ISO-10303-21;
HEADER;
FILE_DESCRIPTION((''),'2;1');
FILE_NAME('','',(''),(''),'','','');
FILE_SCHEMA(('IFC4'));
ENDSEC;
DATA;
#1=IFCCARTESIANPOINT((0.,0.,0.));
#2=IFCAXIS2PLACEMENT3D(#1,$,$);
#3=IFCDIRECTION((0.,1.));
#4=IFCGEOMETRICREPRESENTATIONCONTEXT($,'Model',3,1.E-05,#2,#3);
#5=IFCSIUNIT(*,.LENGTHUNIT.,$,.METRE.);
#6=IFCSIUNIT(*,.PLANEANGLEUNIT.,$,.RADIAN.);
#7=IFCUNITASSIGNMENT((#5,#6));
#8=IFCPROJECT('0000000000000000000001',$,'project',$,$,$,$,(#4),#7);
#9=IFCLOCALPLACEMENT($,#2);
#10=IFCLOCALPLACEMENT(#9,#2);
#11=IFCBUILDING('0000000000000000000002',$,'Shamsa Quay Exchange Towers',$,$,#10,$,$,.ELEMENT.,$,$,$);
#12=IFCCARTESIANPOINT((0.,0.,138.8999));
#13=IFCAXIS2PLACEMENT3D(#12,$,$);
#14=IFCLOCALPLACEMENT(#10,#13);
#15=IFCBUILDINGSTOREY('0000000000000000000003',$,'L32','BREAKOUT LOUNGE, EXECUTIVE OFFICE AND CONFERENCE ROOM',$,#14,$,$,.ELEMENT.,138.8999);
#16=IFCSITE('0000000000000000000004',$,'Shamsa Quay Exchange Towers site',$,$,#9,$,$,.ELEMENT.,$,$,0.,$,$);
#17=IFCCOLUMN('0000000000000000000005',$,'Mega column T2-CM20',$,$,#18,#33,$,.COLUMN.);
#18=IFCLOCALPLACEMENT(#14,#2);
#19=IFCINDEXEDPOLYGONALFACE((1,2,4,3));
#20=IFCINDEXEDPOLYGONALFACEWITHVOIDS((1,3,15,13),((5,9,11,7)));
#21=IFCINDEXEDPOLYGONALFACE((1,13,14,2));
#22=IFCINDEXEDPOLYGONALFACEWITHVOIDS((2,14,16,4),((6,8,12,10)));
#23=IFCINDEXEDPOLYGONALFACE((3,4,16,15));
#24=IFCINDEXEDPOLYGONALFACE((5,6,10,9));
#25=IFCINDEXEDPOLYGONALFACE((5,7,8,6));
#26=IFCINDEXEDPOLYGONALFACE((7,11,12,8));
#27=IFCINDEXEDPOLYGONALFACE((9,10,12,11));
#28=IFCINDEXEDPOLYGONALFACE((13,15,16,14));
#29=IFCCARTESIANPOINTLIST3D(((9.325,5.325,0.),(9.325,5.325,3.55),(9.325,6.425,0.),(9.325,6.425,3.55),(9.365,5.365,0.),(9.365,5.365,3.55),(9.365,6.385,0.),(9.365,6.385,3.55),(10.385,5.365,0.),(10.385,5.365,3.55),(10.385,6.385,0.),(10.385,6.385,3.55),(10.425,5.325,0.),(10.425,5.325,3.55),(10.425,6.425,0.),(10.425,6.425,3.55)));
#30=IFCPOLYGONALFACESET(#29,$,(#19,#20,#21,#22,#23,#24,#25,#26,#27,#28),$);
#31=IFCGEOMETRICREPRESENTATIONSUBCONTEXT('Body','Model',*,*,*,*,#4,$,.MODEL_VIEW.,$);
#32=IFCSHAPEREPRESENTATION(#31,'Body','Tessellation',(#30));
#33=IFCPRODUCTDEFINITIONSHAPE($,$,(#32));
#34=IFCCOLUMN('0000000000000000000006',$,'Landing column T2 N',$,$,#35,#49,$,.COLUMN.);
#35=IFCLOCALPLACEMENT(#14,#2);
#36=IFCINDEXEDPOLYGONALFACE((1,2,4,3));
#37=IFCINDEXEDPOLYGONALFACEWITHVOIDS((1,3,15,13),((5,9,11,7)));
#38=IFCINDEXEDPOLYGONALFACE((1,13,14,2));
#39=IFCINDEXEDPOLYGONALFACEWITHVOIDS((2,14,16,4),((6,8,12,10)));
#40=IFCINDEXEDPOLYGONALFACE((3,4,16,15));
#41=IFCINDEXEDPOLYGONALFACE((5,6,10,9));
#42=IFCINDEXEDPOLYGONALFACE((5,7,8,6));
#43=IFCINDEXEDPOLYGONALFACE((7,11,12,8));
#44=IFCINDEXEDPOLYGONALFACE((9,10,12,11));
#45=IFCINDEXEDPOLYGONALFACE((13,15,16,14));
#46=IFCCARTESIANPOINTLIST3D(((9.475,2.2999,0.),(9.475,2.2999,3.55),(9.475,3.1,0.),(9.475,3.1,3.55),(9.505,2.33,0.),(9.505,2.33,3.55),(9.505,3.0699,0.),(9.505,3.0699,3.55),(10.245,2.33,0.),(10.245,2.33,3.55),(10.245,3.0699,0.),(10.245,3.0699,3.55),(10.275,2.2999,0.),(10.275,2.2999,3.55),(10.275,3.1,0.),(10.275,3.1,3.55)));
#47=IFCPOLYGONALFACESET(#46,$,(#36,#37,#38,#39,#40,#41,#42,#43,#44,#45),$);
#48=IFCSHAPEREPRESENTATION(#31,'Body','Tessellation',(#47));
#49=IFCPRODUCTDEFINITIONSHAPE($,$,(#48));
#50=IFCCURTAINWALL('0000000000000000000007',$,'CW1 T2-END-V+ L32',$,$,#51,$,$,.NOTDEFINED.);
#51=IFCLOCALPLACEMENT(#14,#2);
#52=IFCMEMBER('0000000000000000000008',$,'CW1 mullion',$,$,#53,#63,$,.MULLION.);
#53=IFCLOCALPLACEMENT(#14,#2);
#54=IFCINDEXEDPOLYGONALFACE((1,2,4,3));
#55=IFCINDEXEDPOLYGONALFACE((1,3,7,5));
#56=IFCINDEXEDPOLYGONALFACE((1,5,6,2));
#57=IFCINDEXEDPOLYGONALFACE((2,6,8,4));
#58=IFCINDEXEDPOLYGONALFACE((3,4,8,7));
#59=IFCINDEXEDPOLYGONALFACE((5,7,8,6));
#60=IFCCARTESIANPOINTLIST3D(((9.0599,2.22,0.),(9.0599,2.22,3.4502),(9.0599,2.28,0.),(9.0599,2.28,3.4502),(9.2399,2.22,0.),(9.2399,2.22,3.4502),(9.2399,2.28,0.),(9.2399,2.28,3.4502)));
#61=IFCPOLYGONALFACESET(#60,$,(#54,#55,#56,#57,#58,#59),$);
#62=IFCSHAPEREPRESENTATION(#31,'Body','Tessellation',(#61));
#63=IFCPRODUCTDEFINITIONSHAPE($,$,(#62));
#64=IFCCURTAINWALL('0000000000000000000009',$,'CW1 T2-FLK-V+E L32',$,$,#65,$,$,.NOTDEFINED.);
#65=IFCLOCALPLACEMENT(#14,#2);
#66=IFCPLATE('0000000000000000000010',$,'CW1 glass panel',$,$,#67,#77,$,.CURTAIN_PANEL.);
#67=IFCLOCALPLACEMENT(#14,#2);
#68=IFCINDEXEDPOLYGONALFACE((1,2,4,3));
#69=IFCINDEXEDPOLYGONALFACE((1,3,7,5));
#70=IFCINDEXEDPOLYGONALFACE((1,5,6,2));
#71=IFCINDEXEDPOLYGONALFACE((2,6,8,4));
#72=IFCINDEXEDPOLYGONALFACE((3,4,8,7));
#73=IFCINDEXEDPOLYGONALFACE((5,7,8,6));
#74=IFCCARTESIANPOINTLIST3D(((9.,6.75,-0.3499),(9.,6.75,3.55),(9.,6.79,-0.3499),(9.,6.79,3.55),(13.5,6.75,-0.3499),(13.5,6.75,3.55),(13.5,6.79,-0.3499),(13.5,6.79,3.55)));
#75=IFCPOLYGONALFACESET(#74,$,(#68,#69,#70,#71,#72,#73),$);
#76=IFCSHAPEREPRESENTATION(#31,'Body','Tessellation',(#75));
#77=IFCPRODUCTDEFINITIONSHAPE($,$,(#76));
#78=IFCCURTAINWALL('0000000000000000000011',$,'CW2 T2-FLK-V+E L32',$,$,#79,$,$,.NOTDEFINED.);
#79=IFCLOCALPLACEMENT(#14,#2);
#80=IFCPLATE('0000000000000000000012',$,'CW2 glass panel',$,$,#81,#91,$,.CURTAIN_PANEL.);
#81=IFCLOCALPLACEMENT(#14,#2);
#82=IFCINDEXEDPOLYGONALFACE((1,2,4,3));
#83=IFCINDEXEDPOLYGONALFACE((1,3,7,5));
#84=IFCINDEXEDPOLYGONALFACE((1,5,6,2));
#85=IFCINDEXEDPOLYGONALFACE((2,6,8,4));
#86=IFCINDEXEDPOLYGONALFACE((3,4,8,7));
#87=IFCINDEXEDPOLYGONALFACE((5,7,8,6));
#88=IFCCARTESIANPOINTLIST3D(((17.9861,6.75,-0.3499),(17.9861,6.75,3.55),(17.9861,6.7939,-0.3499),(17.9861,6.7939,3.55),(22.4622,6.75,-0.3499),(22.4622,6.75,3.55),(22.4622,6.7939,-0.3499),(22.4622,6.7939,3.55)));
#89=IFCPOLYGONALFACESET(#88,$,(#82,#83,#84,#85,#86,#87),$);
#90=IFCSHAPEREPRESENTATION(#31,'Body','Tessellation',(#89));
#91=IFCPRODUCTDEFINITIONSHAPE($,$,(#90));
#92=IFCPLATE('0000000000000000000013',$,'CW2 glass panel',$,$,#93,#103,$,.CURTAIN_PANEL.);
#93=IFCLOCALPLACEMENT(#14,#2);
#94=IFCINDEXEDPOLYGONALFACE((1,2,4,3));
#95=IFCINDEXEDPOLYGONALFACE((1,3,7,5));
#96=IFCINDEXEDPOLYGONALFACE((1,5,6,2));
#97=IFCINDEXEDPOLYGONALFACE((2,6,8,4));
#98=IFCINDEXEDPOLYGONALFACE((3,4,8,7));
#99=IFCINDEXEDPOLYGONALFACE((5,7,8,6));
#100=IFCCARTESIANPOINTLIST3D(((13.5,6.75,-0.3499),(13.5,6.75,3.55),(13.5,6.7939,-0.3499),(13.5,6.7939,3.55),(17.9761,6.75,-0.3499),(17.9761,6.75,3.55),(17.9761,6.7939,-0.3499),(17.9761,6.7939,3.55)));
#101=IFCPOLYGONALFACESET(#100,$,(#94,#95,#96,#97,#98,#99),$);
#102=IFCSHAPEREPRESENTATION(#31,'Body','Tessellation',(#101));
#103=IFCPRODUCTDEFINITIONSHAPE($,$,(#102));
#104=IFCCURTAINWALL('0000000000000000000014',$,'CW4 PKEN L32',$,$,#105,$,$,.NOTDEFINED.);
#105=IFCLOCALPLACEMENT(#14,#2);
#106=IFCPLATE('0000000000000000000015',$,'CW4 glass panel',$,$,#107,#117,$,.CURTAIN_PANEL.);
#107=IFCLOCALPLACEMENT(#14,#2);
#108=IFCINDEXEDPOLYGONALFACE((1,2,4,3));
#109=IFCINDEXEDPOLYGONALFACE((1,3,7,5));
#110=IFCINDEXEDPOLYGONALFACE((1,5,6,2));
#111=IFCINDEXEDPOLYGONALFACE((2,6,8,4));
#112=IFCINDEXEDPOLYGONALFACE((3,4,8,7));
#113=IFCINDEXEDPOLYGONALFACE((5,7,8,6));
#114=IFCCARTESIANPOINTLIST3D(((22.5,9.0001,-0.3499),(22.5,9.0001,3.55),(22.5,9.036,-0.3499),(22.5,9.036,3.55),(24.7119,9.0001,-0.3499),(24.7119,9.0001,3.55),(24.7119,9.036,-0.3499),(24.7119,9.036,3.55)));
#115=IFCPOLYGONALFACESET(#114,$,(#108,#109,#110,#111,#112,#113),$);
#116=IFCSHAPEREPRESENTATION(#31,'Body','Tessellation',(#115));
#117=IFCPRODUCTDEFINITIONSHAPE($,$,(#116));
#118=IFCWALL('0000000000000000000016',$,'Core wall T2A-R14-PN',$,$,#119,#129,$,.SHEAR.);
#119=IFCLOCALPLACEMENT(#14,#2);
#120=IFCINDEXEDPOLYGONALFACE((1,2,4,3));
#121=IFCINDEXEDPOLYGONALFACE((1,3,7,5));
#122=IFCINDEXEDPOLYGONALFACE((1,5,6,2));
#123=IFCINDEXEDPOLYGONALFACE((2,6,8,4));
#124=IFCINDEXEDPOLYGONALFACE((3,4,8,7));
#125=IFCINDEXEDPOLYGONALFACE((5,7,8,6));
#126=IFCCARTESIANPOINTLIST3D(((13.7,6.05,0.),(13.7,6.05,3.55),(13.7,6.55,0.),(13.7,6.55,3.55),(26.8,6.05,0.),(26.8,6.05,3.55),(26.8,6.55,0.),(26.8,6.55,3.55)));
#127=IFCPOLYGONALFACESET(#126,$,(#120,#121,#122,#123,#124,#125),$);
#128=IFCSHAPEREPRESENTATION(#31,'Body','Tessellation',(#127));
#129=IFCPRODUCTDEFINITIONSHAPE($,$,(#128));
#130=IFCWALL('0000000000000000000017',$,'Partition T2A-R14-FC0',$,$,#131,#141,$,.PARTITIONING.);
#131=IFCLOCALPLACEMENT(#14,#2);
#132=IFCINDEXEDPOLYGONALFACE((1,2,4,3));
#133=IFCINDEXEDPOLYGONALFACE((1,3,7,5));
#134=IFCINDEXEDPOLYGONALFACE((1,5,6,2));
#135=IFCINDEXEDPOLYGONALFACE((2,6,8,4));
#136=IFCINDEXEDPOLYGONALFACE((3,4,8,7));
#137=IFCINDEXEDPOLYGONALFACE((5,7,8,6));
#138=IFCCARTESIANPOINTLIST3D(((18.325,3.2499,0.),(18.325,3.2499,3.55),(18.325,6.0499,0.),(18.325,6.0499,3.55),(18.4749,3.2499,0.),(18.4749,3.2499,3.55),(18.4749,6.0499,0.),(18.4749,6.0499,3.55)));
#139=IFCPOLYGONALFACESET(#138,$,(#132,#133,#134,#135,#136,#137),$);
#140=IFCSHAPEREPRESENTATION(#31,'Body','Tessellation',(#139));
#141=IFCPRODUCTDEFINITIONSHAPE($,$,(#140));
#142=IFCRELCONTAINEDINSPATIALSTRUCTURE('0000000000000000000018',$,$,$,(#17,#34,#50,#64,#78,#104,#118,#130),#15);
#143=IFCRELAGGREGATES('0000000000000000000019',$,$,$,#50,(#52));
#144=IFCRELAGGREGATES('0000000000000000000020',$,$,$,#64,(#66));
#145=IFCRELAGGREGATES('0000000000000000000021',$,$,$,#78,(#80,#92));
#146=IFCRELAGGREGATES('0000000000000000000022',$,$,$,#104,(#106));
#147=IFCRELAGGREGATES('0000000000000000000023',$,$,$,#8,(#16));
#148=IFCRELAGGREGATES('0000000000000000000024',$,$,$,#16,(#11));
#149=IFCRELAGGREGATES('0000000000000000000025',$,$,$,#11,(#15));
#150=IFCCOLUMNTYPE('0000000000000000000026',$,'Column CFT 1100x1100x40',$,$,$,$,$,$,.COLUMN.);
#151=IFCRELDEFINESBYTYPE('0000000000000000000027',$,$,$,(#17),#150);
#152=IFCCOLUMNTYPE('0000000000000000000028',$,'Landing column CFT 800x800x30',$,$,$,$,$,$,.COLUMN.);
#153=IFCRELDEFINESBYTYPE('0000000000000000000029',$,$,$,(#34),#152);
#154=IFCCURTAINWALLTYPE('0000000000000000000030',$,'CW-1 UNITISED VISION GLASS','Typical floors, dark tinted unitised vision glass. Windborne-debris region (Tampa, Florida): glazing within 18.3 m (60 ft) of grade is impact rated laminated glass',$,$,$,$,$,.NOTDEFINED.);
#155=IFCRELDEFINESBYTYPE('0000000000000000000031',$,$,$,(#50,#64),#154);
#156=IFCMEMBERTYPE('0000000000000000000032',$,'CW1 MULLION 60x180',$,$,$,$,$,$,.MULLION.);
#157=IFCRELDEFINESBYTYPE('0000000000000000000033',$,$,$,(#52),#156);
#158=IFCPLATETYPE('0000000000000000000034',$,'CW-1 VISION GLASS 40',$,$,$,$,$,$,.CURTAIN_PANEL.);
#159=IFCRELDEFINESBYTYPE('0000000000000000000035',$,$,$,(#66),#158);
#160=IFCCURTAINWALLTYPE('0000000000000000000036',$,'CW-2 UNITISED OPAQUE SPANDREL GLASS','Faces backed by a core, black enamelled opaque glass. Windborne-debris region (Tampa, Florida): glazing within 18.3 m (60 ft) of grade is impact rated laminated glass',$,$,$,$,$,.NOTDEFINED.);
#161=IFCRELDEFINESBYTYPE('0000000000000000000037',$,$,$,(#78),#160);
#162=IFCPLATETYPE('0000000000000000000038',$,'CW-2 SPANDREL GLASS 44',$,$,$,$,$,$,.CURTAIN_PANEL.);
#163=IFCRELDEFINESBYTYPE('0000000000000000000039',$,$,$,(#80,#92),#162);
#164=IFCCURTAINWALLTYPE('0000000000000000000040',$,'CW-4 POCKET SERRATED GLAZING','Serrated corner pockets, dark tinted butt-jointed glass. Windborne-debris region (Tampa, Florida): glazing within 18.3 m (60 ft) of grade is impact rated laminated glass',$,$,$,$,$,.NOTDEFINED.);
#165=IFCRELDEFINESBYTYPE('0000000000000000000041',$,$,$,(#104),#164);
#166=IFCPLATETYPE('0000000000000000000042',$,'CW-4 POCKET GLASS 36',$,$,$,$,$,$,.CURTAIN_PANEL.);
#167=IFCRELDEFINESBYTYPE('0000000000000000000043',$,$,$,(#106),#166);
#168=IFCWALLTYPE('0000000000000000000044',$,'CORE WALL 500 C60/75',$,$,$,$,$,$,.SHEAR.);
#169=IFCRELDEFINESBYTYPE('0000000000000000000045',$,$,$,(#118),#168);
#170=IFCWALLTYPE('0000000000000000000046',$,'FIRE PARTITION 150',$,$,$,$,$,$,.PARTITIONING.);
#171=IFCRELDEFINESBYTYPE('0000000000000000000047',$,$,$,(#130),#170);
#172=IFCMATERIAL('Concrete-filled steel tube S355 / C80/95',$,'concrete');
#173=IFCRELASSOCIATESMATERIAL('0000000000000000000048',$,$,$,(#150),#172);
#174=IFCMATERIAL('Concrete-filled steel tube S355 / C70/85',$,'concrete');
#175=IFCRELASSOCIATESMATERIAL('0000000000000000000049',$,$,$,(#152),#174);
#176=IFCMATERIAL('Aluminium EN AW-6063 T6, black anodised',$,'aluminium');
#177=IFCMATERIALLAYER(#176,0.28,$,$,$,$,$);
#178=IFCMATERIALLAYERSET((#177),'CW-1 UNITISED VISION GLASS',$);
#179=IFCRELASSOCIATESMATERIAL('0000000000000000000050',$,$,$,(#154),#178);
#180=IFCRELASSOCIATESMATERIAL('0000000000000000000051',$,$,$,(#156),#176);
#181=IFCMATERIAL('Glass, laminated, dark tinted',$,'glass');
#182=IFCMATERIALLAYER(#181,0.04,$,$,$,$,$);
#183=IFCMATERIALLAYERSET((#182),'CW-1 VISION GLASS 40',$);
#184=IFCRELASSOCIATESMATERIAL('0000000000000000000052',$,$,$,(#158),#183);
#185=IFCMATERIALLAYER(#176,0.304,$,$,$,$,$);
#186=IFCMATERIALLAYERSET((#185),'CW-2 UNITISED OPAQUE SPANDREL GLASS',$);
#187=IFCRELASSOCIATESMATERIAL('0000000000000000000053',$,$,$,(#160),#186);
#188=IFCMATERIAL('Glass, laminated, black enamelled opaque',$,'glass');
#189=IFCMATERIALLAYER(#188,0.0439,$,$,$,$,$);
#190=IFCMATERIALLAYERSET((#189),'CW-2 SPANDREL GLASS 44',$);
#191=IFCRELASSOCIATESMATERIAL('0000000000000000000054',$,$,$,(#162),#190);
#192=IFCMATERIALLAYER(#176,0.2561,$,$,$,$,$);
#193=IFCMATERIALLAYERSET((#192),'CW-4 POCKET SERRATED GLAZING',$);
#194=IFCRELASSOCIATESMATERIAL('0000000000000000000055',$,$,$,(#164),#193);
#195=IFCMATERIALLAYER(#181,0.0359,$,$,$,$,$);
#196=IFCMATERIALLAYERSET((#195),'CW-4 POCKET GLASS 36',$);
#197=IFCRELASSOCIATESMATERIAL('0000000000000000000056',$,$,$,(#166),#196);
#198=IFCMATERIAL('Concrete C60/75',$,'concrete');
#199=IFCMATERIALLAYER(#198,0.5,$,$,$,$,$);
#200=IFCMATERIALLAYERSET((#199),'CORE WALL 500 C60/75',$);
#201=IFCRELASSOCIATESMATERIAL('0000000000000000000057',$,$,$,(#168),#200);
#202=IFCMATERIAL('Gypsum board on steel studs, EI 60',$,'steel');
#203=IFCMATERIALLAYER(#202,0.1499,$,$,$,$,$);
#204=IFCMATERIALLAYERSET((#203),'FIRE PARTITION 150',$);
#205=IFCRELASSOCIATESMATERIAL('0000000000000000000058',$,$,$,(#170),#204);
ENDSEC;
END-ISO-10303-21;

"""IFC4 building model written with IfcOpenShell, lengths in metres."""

from ifc_helpers import new_model, si_unit, direction, frame, frame_2d, origin, origin_2d, place, context, subcontext, project, spatial, rectangle, hollow_rectangle, extrude, material, layer, layer_set, material_profile, profile_set, type_object, element, aggregate, save


model = new_model("IFC4")

# Units and contexts
model_context = context("Model", 3, precision=1e-05, world=origin(), true_north=direction((0.0, 1.0)))
body_context = subcontext(model_context, "Body", "Model", "MODEL_VIEW")
ifc_project = project(units=[si_unit("LENGTHUNIT", "METRE"), si_unit("PLANEANGLEUNIT", "RADIAN")], contexts=[model_context])

# Site, building, storey
site_placement = place(None, origin())
site = spatial("IfcSite", under=ifc_project, at=site_placement, Name="Shamsa Quay Exchange Towers site", CompositionType="ELEMENT", RefElevation=0.0)
building_placement = place(site_placement, origin())
building = spatial("IfcBuilding", under=site, at=building_placement, Name="Shamsa Quay Exchange Towers", CompositionType="ELEMENT")
storey_placement = place(building_placement, frame((0.0, 0.0, 138.8999)))
storey = spatial("IfcBuildingStorey", under=building, at=storey_placement, Name="L32", Description="BREAKOUT LOUNGE, EXECUTIVE OFFICE AND CONFERENCE ROOM", CompositionType="ELEMENT", Elevation=138.8999)

# Columns
ifc_material_1 = material(Name="Concrete-filled steel tube S355 / C80/95", Category="concrete")
ifc_material_profile_1 = material_profile(ifc_material_1, hollow_rectangle(XDim=1.1001, YDim=1.1001, WallThickness=0.04, at=origin_2d()), Name="CFT 1100x1100x40")
ifc_profile_set_1 = profile_set([ifc_material_profile_1], Name="Concrete-filled steel tube S355 / C80/95")
column_type_1 = type_object("IfcColumnType", Name="Column CFT 1100x1100x40", PredefinedType="COLUMN", material=ifc_profile_set_1)
column_1_placement = place(storey_placement, frame((9.875, 5.875, 0.0)))
element("IfcColumn", 1, at=column_1_placement, inside=storey, type_object=column_type_1, Name="Mega column T2-CM20", PredefinedType="COLUMN", context=body_context, shape_type="SweptSolid", body=[
    extrude(hollow_rectangle(XDim=1.1001, YDim=1.1001, WallThickness=0.04, at=origin_2d()), origin(), (0.0, 0.0, 1.0), 3.55),
])
ifc_material_2 = material(Name="Concrete-filled steel tube S355 / C70/85", Category="concrete")
ifc_material_profile_2 = material_profile(ifc_material_2, hollow_rectangle(XDim=0.8, YDim=0.8, WallThickness=0.03, at=origin_2d()), Name="CFT 800x800x30")
ifc_profile_set_2 = profile_set([ifc_material_profile_2], Name="Concrete-filled steel tube S355 / C70/85")
column_type_2 = type_object("IfcColumnType", Name="Landing column CFT 800x800x30", PredefinedType="COLUMN", material=ifc_profile_set_2)
column_2_placement = place(storey_placement, frame((9.875, 2.7, 0.0)))
element("IfcColumn", 2, at=column_2_placement, inside=storey, type_object=column_type_2, Name="Landing column T2 N", PredefinedType="COLUMN", context=body_context, shape_type="SweptSolid", body=[
    extrude(hollow_rectangle(XDim=0.8, YDim=0.8, WallThickness=0.03, at=origin_2d()), origin(), (0.0, 0.0, 1.0), 3.55),
])

# Curtain wall, member
ifc_material_3 = material(Name="Aluminium EN AW-6063 T6, black anodised", Category="aluminium")
ifc_layer_1 = layer(ifc_material_3, 0.28)
ifc_layer_set_1 = layer_set([ifc_layer_1], Name="CW-1 UNITISED VISION GLASS")
curtain_wall_type_1 = type_object("IfcCurtainWallType", Name="CW-1 UNITISED VISION GLASS", Description="Typical floors, dark tinted unitised vision glass. Windborne-debris region (Tampa, Florida): glazing within 18.3 m (60 ft) of grade is impact rated laminated glass", PredefinedType="NOTDEFINED", material=ifc_layer_set_1)
curtain_wall_1_placement = place(storey_placement, origin())
curtain_wall_1 = element("IfcCurtainWall", 3, at=curtain_wall_1_placement, inside=storey, type_object=curtain_wall_type_1, Name="CW1 T2-END-V+ L32", PredefinedType="NOTDEFINED")
ifc_material_profile_3 = material_profile(ifc_material_3, rectangle(XDim=0.1799, YDim=0.0601, at=origin_2d()), Name="MU60x180")
ifc_profile_set_3 = profile_set([ifc_material_profile_3], Name="Aluminium EN AW-6063 T6, black anodised")
member_type = type_object("IfcMemberType", Name="CW1 MULLION 60x180", PredefinedType="MULLION", material=ifc_profile_set_3)
member_placement = place(storey_placement, frame((9.1499, 2.25, 0.0)))
member = element("IfcMember", 4, at=member_placement, type_object=member_type, Name="CW1 mullion", PredefinedType="MULLION", context=body_context, shape_type="SweptSolid", body=[
    extrude(rectangle(XDim=0.1799, YDim=0.0601, at=origin_2d()), origin(), (0.0, 0.0, 1.0), 3.4502),
])
aggregate(curtain_wall_1, [member])

# Curtain wall, plate
curtain_wall_2_placement = place(storey_placement, origin())
curtain_wall_2 = element("IfcCurtainWall", 5, at=curtain_wall_2_placement, inside=storey, type_object=curtain_wall_type_1, Name="CW1 T2-FLK-V+E L32", PredefinedType="NOTDEFINED")
ifc_material_4 = material(Name="Glass, laminated, dark tinted", Category="glass")
ifc_layer_2 = layer(ifc_material_4, 0.04)
ifc_layer_set_2 = layer_set([ifc_layer_2], Name="CW-1 VISION GLASS 40")
plate_type_1 = type_object("IfcPlateType", Name="CW-1 VISION GLASS 40", PredefinedType="CURTAIN_PANEL", material=ifc_layer_set_2)
plate_1_placement = place(storey_placement, frame((11.25, 6.77, -0.3499), z_axis=(0.0, 0.0, 1.0), x_axis=(-1.0, 0.0, 0.0)))
plate_1 = element("IfcPlate", 6, at=plate_1_placement, type_object=plate_type_1, Name="CW1 glass panel", PredefinedType="CURTAIN_PANEL", context=body_context, shape_type="SweptSolid", body=[
    extrude(rectangle(XDim=4.5, YDim=0.04, at=origin_2d()), origin(), (0.0, 0.0, 1.0), 3.8999),
])
aggregate(curtain_wall_2, [plate_1])

# Curtain wall, plates
ifc_layer_3 = layer(ifc_material_3, 0.304)
ifc_layer_set_3 = layer_set([ifc_layer_3], Name="CW-2 UNITISED OPAQUE SPANDREL GLASS")
curtain_wall_type_2 = type_object("IfcCurtainWallType", Name="CW-2 UNITISED OPAQUE SPANDREL GLASS", Description="Faces backed by a core, black enamelled opaque glass. Windborne-debris region (Tampa, Florida): glazing within 18.3 m (60 ft) of grade is impact rated laminated glass", PredefinedType="NOTDEFINED", material=ifc_layer_set_3)
curtain_wall_3_placement = place(storey_placement, origin())
curtain_wall_3 = element("IfcCurtainWall", 7, at=curtain_wall_3_placement, inside=storey, type_object=curtain_wall_type_2, Name="CW2 T2-FLK-V+E L32", PredefinedType="NOTDEFINED")
ifc_material_5 = material(Name="Glass, laminated, black enamelled opaque", Category="glass")
ifc_layer_4 = layer(ifc_material_5, 0.0439)
ifc_layer_set_4 = layer_set([ifc_layer_4], Name="CW-2 SPANDREL GLASS 44")
plate_type_2 = type_object("IfcPlateType", Name="CW-2 SPANDREL GLASS 44", PredefinedType="CURTAIN_PANEL", material=ifc_layer_set_4)
plate_2_placement = place(storey_placement, frame((20.2241, 6.772, -0.3499), z_axis=(0.0, 0.0, 1.0), x_axis=(-1.0, 0.0, 0.0)))
plate_2 = element("IfcPlate", 8, at=plate_2_placement, type_object=plate_type_2, Name="CW2 glass panel", PredefinedType="CURTAIN_PANEL", context=body_context, shape_type="SweptSolid", body=[
    extrude(rectangle(XDim=4.4761, YDim=0.0439, at=origin_2d()), origin(), (0.0, 0.0, 1.0), 3.8999),
])
plate_3_placement = place(storey_placement, frame((15.738, 6.772, -0.3499), z_axis=(0.0, 0.0, 1.0), x_axis=(-1.0, 0.0, 0.0)))
plate_3 = element("IfcPlate", 9, at=plate_3_placement, type_object=plate_type_2, Name="CW2 glass panel", PredefinedType="CURTAIN_PANEL", context=body_context, shape_type="SweptSolid", body=[
    extrude(rectangle(XDim=4.4761, YDim=0.0439, at=origin_2d()), origin(), (0.0, 0.0, 1.0), 3.8999),
])
aggregate(curtain_wall_3, [plate_2, plate_3])

# Curtain wall, plate
ifc_layer_5 = layer(ifc_material_3, 0.2561)
ifc_layer_set_5 = layer_set([ifc_layer_5], Name="CW-4 POCKET SERRATED GLAZING")
curtain_wall_type_3 = type_object("IfcCurtainWallType", Name="CW-4 POCKET SERRATED GLAZING", Description="Serrated corner pockets, dark tinted butt-jointed glass. Windborne-debris region (Tampa, Florida): glazing within 18.3 m (60 ft) of grade is impact rated laminated glass", PredefinedType="NOTDEFINED", material=ifc_layer_set_5)
curtain_wall_4_placement = place(storey_placement, origin())
curtain_wall_4 = element("IfcCurtainWall", 10, at=curtain_wall_4_placement, inside=storey, type_object=curtain_wall_type_3, Name="CW4 PKEN L32", PredefinedType="NOTDEFINED")
ifc_layer_6 = layer(ifc_material_4, 0.0359)
ifc_layer_set_6 = layer_set([ifc_layer_6], Name="CW-4 POCKET GLASS 36")
plate_type_3 = type_object("IfcPlateType", Name="CW-4 POCKET GLASS 36", PredefinedType="CURTAIN_PANEL", material=ifc_layer_set_6)
plate_4_placement = place(storey_placement, frame((23.606, 9.0181, -0.3499), z_axis=(0.0, 0.0, 1.0), x_axis=(-1.0, 0.0, 0.0)))
plate_4 = element("IfcPlate", 11, at=plate_4_placement, type_object=plate_type_3, Name="CW4 glass panel", PredefinedType="CURTAIN_PANEL", context=body_context, shape_type="SweptSolid", body=[
    extrude(rectangle(XDim=2.2119, YDim=0.0359, at=origin_2d()), origin(), (0.0, 0.0, 1.0), 3.8999),
])
aggregate(curtain_wall_4, [plate_4])

# Wall
ifc_material_6 = material(Name="Concrete C60/75", Category="concrete")
ifc_layer_7 = layer(ifc_material_6, 0.5)
ifc_layer_set_7 = layer_set([ifc_layer_7], Name="CORE WALL 500 C60/75")
wall_type_1 = type_object("IfcWallType", Name="CORE WALL 500 C60/75", PredefinedType="SHEAR", material=ifc_layer_set_7)
wall_1_placement = place(storey_placement, frame((13.7, 6.3, 0.0)))
element("IfcWall", 12, at=wall_1_placement, inside=storey, type_object=wall_type_1, Name="Core wall T2A-R14-PN", PredefinedType="SHEAR", context=body_context, shape_type="SweptSolid", body=[
    extrude(rectangle(XDim=13.1001, YDim=0.5, at=frame_2d((6.55, 0.0))), origin(), (0.0, 0.0, 1.0), 3.55),
])

# Wall
ifc_material_7 = material(Name="Gypsum board on steel studs, EI 60", Category="steel")
ifc_layer_8 = layer(ifc_material_7, 0.1499)
ifc_layer_set_8 = layer_set([ifc_layer_8], Name="FIRE PARTITION 150")
wall_type_2 = type_object("IfcWallType", Name="FIRE PARTITION 150", PredefinedType="PARTITIONING", material=ifc_layer_set_8)
wall_2_placement = place(storey_placement, frame((18.3999, 3.25, 0.0), z_axis=(0.0, 0.0, 1.0), x_axis=(0.0, 1.0, 0.0)))
element("IfcWall", 13, at=wall_2_placement, inside=storey, type_object=wall_type_2, Name="Partition T2A-R14-FC0", PredefinedType="PARTITIONING", context=body_context, shape_type="SweptSolid", body=[
    extrude(rectangle(XDim=2.8, YDim=0.1499, at=frame_2d((1.3999, 0.0))), origin(), (0.0, 0.0, 1.0), 3.55),
])

save(model, "model.ifc")
